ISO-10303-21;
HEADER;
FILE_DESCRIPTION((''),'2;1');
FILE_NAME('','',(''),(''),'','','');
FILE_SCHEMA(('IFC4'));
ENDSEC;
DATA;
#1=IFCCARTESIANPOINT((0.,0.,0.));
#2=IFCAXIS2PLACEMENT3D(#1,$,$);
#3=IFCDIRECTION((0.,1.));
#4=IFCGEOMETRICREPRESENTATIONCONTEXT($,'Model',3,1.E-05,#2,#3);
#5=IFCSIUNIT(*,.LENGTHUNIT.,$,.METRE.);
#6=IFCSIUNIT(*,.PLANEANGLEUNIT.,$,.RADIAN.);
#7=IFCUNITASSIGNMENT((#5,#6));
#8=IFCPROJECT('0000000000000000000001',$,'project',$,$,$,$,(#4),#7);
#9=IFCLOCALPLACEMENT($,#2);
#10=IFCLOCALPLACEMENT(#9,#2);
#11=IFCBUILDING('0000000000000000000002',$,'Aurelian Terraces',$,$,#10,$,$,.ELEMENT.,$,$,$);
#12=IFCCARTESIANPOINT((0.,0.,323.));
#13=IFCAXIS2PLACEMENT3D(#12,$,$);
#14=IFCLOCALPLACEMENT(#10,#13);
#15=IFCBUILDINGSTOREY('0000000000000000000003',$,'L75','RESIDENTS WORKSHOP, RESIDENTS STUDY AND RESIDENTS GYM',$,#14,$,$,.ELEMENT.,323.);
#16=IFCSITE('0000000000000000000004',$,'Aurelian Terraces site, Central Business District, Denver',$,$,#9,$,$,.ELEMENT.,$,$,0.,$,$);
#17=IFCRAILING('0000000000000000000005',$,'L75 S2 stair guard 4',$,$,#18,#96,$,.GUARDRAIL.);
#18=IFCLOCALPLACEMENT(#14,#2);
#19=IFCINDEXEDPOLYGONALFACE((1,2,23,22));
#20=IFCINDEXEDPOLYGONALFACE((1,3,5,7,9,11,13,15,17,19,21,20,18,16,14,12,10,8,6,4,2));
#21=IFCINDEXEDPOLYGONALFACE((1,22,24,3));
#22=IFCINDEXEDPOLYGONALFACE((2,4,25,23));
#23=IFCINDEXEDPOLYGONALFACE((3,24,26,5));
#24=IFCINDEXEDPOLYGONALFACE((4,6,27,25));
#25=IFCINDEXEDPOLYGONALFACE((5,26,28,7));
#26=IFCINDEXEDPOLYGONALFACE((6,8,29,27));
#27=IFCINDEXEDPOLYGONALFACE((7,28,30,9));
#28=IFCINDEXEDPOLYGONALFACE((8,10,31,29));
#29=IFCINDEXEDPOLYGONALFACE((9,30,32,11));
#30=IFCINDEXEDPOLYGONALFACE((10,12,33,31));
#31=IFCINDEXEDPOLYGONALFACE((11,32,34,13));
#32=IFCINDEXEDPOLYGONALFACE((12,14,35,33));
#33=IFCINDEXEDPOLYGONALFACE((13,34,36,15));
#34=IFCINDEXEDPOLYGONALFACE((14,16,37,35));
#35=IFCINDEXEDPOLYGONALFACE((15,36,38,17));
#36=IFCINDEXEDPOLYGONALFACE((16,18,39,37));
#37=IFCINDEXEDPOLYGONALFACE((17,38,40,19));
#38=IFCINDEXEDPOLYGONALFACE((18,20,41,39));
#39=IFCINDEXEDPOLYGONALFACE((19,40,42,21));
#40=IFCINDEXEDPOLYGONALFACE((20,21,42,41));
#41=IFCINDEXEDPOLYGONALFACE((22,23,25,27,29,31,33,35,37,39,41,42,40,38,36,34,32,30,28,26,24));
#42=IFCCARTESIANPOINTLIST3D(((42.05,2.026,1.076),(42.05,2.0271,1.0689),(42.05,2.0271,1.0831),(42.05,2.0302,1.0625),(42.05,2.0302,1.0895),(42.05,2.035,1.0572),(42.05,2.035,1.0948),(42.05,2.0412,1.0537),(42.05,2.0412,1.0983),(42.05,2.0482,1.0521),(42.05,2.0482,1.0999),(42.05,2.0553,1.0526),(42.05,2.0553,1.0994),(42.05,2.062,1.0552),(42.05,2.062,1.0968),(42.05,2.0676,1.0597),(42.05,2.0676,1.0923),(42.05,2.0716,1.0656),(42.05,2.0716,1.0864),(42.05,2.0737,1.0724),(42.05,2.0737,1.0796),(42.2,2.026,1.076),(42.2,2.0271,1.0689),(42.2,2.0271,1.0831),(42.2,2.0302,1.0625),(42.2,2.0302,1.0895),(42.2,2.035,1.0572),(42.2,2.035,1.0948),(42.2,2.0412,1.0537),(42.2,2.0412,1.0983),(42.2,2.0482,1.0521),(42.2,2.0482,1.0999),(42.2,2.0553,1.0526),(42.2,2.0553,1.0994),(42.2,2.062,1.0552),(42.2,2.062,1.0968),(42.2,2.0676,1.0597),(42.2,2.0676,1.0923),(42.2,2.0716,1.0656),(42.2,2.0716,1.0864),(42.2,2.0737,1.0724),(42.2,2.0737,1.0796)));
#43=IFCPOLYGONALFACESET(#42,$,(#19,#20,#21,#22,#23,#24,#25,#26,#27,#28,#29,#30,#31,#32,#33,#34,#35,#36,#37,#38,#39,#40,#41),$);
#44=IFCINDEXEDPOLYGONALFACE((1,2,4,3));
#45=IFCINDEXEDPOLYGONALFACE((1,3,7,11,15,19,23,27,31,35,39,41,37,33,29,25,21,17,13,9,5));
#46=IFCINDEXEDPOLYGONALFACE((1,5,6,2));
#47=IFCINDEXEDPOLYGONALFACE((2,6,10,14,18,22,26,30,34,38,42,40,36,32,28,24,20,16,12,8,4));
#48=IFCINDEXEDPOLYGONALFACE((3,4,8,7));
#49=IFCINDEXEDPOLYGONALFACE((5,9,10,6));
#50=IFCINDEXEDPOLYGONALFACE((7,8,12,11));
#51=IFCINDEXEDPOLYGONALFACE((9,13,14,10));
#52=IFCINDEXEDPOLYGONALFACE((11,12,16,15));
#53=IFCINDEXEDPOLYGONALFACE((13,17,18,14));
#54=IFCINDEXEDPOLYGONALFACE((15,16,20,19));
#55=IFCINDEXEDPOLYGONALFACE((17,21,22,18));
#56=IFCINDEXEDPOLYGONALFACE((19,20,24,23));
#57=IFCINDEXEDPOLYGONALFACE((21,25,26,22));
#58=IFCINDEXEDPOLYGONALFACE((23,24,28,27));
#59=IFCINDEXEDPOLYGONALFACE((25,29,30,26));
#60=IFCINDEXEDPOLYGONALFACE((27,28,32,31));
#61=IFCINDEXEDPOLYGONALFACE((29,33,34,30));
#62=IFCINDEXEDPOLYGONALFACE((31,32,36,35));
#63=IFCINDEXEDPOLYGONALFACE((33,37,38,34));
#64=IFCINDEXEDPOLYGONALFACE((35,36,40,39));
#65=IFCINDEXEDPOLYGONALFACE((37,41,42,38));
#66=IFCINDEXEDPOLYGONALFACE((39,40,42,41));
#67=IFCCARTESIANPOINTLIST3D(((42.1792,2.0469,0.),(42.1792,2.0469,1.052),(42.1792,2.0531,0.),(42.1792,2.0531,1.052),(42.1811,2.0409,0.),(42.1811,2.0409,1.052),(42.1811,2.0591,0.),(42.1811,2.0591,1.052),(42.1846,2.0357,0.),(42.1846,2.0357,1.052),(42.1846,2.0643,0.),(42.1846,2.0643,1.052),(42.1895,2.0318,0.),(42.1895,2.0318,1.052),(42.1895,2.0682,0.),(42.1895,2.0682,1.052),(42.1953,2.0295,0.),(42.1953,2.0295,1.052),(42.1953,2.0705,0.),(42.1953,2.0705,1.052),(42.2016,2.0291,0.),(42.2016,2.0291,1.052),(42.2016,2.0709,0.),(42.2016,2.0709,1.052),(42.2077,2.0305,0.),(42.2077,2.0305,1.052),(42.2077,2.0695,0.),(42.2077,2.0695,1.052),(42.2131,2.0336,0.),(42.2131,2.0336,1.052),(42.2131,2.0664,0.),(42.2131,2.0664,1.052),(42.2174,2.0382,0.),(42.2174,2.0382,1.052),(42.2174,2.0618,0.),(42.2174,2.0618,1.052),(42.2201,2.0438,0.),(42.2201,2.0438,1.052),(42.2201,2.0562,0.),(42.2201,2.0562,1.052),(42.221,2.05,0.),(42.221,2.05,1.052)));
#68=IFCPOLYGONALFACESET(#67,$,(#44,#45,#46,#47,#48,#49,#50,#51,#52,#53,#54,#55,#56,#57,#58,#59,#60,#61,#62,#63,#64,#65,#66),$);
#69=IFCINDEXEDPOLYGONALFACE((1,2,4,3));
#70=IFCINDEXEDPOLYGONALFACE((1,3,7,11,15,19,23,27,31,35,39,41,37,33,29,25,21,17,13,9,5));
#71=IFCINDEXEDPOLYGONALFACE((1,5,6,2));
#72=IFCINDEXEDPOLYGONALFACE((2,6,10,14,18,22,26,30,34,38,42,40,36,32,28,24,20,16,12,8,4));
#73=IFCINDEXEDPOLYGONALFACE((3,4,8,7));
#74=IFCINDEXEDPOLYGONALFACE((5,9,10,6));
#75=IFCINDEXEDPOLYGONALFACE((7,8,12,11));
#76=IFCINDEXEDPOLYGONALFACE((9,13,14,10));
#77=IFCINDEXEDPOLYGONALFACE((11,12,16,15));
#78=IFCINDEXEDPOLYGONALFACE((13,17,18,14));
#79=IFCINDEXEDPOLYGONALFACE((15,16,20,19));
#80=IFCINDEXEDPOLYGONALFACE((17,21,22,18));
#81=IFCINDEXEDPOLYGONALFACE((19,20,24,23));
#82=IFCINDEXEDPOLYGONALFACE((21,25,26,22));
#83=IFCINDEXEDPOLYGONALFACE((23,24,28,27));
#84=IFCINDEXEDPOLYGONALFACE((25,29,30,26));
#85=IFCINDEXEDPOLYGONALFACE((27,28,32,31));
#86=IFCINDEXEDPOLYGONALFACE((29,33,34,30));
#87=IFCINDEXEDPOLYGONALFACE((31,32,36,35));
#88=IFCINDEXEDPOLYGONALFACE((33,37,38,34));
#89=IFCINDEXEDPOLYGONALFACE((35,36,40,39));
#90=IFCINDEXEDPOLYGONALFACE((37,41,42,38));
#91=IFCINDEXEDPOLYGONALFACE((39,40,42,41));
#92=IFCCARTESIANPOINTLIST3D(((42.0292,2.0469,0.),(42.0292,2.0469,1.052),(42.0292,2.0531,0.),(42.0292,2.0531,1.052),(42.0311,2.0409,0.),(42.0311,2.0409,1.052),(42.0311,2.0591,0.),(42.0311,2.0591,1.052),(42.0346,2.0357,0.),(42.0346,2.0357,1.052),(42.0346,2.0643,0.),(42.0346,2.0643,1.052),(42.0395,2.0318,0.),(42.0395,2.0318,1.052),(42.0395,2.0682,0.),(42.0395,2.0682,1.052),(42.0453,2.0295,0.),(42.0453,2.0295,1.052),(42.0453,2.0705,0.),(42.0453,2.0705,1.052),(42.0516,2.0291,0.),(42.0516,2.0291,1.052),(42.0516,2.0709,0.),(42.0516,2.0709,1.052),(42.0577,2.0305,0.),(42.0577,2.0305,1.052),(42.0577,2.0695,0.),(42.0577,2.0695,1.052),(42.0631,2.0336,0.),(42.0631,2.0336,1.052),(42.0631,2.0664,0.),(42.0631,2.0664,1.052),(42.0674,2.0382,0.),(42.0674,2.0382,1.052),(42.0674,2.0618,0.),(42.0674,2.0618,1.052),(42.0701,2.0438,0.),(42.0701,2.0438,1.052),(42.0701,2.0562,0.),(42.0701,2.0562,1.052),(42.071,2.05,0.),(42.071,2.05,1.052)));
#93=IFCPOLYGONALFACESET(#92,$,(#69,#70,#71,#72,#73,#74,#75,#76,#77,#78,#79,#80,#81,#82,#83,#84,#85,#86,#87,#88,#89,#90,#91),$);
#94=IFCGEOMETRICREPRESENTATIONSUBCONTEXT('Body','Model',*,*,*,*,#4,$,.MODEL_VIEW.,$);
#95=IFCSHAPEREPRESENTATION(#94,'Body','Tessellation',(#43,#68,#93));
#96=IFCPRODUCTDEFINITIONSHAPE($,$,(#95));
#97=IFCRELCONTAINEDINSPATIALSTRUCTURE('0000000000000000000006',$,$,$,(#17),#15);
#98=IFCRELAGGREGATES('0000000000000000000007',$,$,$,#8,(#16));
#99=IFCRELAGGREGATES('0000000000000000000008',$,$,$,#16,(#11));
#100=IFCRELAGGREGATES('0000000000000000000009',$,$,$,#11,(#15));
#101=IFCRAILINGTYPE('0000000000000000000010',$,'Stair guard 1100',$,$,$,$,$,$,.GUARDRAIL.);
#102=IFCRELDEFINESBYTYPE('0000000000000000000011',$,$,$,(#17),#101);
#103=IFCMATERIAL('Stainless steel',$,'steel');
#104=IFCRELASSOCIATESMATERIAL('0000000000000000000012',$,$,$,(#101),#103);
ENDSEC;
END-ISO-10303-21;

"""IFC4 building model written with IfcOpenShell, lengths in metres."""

from ifc_helpers import new_model, si_unit, direction, frame, origin, origin_2d, place, context, subcontext, project, spatial, circle, extrude, source, transform, mapped, material, type_object, element, save


model = new_model("IFC4")

# Units and contexts
model_context = context("Model", 3, precision=1e-05, world=origin(), true_north=direction((0.0, 1.0)))
body_context = subcontext(model_context, "Body", "Model", "MODEL_VIEW")
ifc_project = project(units=[si_unit("LENGTHUNIT", "METRE"), si_unit("PLANEANGLEUNIT", "RADIAN")], contexts=[model_context])

# Site, building, storey
site_placement = place(None, origin())
site = spatial("IfcSite", under=ifc_project, at=site_placement, Name="Aurelian Terraces site, Central Business District, Denver", CompositionType="ELEMENT", RefElevation=0.0)
building_placement = place(site_placement, origin())
building = spatial("IfcBuilding", under=site, at=building_placement, Name="Aurelian Terraces", CompositionType="ELEMENT")
storey_placement = place(building_placement, frame((0.0, 0.0, 323.0)))
storey = spatial("IfcBuildingStorey", under=building, at=storey_placement, Name="L75", Description="RESIDENTS WORKSHOP, RESIDENTS STUDY AND RESIDENTS GYM", CompositionType="ELEMENT", Elevation=323.0)

# Railing
ifc_material_1 = material(Name="Stainless steel", Category="steel")
railing_type_1 = type_object("IfcRailingType", Name="Stair guard 1100", PredefinedType="GUARDRAIL", material=ifc_material_1)
shared_shape_1 = source(origin(), body_context, "Body", "SweptSolid", [
    extrude(circle(Radius=0.024, at=origin_2d()), frame((0.0, 0.0, 1.076), z_axis=(-1.0, 0.0, 0.0), x_axis=(0.0, -1.0, 0.0)), (0.0, 0.0, 1.0), 0.15),
    extrude(circle(Radius=0.021, at=origin_2d()), origin(), (0.0, 0.0, 1.0), 1.052),
    extrude(circle(Radius=0.021, at=origin_2d()), frame((-0.15, 0.0, 0.0)), (0.0, 0.0, 1.0), 1.052),
])
for number, where, name in (
    (1, (42.2, 2.05, 0.0), "L75 S2 stair guard 4"),
):
    element("IfcRailing", number, at=place(storey_placement, frame(where)), inside=storey, type_object=railing_type_1, Name=name, PredefinedType="GUARDRAIL", context=body_context, shape_type="MappedRepresentation", body=[
        mapped(shared_shape_1, transform((0.0, 0.0, 0.0), scale=1.0)),
    ])

save(model, "model.ifc")
